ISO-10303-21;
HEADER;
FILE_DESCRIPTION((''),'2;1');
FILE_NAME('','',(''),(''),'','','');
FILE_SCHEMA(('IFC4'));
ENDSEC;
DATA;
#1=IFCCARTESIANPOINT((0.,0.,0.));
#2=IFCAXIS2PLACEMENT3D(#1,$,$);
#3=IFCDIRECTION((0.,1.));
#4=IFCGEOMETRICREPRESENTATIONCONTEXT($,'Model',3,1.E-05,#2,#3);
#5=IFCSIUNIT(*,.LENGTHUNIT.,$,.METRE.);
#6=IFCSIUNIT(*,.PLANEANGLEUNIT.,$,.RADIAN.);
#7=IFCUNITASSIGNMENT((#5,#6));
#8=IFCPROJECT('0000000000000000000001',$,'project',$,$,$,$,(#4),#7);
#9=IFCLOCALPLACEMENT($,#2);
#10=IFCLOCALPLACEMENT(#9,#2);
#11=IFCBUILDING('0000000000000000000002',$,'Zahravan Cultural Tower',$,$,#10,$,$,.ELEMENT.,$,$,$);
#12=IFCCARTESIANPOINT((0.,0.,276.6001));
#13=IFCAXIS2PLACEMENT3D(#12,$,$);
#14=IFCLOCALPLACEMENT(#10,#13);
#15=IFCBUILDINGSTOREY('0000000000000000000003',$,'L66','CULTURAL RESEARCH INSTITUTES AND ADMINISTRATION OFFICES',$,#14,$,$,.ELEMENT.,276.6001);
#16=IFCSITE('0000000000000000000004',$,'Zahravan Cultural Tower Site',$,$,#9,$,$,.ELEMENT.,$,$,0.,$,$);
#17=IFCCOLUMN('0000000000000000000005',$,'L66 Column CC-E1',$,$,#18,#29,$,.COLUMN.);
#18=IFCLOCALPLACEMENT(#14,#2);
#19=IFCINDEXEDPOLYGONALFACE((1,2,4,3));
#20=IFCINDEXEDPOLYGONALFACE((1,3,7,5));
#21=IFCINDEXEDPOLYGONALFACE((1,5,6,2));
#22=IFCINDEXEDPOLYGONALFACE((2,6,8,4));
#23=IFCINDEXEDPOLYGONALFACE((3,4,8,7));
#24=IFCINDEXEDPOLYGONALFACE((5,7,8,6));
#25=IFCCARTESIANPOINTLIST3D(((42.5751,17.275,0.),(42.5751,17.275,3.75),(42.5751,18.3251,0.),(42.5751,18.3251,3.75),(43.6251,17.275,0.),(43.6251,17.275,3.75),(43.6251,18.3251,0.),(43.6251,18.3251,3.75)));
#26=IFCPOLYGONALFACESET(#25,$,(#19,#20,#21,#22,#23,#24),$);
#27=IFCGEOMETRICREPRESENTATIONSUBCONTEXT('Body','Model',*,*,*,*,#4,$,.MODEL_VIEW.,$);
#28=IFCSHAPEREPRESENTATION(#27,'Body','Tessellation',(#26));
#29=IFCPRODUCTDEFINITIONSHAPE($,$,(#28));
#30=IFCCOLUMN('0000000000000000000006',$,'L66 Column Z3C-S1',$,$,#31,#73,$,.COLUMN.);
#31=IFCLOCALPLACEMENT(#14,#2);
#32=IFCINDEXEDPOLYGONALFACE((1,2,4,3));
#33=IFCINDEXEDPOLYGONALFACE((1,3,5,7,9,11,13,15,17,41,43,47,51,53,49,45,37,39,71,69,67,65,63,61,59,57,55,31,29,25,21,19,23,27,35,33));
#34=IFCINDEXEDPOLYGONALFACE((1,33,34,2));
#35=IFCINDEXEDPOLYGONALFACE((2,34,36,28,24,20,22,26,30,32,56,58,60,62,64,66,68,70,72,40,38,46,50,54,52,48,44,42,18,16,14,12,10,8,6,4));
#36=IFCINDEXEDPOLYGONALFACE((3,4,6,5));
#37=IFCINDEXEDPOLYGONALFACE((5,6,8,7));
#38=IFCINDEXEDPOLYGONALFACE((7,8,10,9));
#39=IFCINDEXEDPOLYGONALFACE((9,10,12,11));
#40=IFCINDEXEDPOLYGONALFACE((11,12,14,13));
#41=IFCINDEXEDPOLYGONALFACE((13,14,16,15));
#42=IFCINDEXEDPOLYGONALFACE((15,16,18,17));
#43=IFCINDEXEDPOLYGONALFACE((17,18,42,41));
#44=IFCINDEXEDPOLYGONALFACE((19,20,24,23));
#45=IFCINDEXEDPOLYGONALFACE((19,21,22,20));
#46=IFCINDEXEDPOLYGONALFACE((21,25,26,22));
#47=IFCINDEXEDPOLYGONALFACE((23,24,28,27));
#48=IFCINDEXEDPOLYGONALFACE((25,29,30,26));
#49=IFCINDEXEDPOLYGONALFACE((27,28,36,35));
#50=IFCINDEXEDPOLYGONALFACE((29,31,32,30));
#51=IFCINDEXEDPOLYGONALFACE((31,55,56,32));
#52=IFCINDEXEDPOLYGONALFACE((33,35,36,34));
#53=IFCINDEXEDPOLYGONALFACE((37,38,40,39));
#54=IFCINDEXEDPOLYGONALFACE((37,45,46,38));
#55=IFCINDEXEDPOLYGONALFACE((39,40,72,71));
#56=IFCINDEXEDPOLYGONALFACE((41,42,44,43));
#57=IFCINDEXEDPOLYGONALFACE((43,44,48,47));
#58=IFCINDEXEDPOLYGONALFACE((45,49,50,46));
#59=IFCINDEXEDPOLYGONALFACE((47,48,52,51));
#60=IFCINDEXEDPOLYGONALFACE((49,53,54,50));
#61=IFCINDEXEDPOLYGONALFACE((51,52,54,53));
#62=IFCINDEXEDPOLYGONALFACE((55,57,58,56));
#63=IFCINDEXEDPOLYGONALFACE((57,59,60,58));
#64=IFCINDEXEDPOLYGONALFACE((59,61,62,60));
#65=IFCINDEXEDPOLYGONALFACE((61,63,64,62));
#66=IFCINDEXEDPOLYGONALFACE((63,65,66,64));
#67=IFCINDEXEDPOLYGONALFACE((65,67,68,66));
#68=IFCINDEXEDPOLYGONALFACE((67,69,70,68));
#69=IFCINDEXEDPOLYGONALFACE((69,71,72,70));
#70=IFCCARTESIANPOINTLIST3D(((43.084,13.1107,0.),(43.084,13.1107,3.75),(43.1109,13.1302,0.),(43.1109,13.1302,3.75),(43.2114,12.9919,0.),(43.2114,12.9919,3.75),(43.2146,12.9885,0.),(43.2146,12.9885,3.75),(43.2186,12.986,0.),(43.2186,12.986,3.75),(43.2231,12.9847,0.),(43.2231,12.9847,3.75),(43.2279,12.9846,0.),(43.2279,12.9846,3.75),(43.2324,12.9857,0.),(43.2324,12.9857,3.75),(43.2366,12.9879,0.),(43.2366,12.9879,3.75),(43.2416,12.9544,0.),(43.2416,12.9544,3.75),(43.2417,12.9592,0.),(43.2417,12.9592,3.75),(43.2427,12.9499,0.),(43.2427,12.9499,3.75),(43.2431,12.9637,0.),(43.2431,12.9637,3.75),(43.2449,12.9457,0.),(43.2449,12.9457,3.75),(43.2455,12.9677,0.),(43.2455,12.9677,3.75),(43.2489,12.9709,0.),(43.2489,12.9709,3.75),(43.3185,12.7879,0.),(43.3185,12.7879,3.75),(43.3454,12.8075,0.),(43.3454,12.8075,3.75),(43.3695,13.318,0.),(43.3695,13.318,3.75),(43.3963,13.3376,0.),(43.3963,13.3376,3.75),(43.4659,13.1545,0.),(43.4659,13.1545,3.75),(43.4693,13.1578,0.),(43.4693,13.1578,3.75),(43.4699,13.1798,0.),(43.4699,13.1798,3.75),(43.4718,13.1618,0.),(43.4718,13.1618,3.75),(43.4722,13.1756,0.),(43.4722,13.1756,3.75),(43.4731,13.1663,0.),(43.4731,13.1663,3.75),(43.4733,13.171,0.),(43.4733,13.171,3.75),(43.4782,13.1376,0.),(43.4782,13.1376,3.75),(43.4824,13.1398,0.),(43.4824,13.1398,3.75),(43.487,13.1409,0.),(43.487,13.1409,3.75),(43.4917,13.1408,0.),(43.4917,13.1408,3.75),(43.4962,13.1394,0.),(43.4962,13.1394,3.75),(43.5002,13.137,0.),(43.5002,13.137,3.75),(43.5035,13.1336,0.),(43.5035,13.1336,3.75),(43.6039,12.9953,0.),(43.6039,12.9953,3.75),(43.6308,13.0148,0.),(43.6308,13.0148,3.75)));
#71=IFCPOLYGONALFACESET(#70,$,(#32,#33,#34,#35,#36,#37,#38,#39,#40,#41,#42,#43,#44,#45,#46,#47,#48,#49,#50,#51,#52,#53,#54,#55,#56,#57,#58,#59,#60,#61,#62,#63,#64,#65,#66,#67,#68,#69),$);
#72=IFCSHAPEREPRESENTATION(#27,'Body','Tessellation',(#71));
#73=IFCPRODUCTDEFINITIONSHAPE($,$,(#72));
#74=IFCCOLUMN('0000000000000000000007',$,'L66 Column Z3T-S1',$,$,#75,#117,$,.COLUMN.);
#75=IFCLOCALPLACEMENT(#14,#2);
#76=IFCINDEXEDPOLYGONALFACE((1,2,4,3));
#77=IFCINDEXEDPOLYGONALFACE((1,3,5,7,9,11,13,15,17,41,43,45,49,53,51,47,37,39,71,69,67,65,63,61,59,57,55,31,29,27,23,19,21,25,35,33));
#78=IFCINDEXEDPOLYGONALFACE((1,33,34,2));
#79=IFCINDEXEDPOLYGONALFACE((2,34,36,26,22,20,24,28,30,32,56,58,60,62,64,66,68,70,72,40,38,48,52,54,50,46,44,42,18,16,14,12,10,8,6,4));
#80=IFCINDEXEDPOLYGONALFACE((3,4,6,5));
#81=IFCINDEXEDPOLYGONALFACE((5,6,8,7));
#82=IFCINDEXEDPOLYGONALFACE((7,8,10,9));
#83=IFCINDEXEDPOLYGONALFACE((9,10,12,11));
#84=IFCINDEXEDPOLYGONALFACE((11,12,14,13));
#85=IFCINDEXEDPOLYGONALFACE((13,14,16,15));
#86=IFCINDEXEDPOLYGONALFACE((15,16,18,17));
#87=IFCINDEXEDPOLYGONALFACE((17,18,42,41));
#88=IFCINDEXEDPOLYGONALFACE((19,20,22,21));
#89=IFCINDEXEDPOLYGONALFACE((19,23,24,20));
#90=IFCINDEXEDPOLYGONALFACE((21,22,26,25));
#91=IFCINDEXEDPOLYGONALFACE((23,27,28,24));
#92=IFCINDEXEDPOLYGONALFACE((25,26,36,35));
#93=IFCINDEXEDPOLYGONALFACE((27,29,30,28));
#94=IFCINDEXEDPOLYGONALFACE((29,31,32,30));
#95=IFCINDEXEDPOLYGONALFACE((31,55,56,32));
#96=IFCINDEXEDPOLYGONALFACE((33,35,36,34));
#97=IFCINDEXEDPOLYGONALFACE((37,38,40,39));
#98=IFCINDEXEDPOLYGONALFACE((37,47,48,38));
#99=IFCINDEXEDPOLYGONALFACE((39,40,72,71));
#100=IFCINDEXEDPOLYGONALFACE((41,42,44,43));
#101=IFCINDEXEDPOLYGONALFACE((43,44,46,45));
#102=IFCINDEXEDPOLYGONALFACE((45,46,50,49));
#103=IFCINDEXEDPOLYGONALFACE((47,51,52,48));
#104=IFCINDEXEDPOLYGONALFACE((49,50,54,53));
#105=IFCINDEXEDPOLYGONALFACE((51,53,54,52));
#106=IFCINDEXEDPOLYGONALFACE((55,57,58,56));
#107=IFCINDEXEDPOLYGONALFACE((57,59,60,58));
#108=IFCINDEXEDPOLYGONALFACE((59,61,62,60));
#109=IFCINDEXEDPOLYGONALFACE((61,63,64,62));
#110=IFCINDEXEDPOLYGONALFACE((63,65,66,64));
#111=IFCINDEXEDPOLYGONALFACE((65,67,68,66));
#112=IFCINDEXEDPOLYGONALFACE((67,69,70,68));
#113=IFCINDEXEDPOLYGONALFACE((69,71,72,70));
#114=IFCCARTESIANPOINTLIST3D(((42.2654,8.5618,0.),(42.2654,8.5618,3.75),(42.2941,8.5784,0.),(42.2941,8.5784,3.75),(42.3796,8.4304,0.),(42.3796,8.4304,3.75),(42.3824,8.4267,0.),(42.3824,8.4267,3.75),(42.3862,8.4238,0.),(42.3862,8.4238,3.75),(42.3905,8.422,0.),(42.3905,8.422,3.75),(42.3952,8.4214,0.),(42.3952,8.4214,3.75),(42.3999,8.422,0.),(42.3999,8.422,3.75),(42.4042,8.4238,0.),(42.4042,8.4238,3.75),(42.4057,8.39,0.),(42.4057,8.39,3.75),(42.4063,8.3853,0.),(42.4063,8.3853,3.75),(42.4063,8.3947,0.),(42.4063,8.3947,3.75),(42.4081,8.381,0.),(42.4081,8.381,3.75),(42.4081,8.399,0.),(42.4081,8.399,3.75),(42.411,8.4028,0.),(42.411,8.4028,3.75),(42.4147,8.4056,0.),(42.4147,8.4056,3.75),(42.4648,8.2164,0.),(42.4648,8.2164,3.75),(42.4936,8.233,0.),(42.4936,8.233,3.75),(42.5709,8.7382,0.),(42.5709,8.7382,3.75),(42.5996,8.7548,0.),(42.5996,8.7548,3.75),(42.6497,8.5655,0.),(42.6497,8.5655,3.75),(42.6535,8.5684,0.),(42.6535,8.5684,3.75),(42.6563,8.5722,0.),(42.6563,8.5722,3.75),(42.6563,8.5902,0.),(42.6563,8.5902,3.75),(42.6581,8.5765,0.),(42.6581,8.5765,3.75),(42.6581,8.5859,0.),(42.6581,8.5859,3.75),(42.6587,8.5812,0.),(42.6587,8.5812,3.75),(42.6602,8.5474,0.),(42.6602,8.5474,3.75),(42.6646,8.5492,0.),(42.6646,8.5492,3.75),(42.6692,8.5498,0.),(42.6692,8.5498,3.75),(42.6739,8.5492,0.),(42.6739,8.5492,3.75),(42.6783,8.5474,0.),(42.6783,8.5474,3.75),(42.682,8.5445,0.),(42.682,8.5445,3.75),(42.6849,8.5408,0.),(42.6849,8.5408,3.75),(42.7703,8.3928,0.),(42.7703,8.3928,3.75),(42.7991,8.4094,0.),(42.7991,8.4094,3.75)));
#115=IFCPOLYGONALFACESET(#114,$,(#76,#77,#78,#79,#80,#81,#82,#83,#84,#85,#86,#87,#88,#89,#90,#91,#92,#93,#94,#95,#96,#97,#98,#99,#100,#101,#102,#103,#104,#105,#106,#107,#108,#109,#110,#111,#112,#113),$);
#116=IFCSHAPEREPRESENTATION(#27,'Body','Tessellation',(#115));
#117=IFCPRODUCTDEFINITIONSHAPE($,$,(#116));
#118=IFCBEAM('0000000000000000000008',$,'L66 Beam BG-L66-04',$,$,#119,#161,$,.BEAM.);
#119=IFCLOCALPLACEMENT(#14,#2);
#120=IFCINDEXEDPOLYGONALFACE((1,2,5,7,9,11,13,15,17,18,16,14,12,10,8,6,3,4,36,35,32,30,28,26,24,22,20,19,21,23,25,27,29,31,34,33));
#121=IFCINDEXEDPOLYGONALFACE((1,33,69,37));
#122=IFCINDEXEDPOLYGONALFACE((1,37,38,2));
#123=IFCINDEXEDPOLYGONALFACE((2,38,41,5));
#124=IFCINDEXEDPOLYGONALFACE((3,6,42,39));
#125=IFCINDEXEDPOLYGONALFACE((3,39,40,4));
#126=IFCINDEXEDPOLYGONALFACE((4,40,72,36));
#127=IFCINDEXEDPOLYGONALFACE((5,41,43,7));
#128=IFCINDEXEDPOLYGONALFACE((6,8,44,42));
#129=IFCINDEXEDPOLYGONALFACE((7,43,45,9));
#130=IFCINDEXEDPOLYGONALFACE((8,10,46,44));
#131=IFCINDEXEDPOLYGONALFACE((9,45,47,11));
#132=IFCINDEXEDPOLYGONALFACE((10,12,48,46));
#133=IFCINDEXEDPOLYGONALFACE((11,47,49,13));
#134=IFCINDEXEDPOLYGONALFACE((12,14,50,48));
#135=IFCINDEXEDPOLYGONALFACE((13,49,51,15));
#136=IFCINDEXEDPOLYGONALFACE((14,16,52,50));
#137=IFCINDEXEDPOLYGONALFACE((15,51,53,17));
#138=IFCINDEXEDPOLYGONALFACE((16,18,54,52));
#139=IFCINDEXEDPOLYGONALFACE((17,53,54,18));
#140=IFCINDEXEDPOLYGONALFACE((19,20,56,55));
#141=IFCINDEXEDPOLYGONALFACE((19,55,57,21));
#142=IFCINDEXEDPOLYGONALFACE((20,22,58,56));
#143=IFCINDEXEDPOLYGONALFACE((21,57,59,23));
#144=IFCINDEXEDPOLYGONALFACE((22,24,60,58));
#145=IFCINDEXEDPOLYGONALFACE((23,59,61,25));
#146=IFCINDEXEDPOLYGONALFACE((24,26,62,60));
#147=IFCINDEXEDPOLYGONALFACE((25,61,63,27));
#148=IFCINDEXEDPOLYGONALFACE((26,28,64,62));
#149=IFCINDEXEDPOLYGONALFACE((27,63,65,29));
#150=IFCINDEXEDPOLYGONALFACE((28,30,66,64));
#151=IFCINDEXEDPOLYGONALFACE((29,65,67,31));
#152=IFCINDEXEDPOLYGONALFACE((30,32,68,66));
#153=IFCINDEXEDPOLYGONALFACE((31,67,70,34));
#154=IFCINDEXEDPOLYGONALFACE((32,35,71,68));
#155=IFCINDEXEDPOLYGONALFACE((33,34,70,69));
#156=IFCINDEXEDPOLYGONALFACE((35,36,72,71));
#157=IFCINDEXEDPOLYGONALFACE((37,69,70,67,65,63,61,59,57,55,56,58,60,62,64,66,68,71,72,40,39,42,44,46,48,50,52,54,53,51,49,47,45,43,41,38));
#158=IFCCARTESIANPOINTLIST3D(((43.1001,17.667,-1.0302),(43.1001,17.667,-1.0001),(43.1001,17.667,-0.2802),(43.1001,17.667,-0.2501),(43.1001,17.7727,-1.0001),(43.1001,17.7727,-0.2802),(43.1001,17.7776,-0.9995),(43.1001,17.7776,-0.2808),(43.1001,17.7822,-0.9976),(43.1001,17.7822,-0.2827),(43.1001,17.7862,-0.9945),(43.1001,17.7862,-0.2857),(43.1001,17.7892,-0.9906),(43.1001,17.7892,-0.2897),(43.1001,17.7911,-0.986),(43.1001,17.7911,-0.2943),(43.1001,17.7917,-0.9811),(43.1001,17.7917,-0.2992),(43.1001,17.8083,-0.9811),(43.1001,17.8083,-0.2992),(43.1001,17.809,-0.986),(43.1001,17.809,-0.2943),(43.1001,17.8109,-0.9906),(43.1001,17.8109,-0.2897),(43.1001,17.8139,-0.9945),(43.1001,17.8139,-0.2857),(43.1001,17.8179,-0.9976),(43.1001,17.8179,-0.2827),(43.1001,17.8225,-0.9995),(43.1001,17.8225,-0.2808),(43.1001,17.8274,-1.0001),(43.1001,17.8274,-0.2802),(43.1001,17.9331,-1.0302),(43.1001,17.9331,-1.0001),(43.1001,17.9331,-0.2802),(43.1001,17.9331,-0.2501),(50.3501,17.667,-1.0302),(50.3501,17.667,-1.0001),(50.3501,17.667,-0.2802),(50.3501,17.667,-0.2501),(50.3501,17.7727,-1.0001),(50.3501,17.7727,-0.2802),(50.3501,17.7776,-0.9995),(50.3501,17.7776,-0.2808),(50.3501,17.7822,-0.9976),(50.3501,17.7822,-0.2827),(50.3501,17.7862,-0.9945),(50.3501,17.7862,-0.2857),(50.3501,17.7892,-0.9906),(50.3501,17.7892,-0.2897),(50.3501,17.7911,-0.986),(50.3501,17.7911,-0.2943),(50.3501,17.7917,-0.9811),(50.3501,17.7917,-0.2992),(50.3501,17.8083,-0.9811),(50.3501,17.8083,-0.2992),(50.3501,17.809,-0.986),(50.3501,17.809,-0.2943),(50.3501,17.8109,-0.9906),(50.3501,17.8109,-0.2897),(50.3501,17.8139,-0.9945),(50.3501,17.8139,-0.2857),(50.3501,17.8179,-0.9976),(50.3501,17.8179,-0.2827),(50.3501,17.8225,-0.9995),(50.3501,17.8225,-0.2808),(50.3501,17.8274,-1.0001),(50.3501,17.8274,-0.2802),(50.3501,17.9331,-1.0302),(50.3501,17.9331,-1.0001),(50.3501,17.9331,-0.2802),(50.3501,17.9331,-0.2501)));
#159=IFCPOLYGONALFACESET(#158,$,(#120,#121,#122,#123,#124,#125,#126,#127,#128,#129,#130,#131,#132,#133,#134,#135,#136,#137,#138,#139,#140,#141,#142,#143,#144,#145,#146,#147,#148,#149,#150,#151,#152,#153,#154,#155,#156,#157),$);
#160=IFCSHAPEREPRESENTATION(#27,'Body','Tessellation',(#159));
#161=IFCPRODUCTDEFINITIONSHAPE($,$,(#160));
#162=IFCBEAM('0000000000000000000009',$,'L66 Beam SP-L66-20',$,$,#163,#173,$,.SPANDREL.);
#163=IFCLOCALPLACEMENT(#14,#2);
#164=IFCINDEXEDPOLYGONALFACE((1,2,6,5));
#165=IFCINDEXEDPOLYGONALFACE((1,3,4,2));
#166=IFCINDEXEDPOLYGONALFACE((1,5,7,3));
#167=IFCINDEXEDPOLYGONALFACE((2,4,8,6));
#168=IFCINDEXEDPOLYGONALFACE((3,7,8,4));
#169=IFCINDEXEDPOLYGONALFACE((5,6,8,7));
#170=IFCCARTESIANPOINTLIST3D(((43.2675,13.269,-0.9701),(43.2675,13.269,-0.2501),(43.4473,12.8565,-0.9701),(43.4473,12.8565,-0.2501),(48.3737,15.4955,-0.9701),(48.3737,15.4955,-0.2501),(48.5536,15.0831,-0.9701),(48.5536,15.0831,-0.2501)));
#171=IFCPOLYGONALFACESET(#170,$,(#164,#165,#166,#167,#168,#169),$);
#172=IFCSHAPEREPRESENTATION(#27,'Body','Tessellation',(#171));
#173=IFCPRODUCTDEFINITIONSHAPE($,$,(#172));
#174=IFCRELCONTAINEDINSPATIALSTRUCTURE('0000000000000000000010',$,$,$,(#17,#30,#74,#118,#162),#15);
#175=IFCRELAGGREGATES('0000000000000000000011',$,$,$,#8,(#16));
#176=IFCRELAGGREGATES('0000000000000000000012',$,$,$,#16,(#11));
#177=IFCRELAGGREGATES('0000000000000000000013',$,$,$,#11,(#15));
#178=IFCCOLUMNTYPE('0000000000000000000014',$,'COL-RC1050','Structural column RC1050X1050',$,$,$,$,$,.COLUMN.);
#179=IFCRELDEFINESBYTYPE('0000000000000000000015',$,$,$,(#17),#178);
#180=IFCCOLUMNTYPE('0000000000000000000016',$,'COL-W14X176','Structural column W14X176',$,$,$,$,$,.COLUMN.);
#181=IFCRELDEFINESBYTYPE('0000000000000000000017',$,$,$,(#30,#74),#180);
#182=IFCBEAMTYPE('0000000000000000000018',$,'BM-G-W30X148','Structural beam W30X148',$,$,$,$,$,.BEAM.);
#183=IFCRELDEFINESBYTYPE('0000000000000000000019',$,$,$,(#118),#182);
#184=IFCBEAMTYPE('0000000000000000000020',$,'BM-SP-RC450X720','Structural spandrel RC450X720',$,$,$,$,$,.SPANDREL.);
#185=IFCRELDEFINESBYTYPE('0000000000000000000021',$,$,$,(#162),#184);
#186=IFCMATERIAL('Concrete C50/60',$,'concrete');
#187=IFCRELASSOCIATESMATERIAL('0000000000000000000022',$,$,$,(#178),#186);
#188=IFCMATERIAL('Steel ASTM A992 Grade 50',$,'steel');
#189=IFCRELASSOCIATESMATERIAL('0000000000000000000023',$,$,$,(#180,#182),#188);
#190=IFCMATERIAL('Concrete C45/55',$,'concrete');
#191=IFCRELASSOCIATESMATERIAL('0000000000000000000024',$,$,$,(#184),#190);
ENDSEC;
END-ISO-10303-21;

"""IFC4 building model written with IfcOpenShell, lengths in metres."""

from ifc_helpers import new_model, si_unit, direction, frame, origin, origin_2d, place, context, subcontext, project, spatial, rectangle, i_section, extrude, source, transform, mapped, material, material_profile, profile_set, type_object, element, save


model = new_model("IFC4")

# Units and contexts
model_context = context("Model", 3, precision=1e-05, world=origin(), true_north=direction((0.0, 1.0)))
body_context = subcontext(model_context, "Body", "Model", "MODEL_VIEW")
ifc_project = project(units=[si_unit("LENGTHUNIT", "METRE"), si_unit("PLANEANGLEUNIT", "RADIAN")], contexts=[model_context])

# Site, building, storey
site_placement = place(None, origin())
site = spatial("IfcSite", under=ifc_project, at=site_placement, Name="Zahravan Cultural Tower Site", CompositionType="ELEMENT", RefElevation=0.0)
building_placement = place(site_placement, origin())
building = spatial("IfcBuilding", under=site, at=building_placement, Name="Zahravan Cultural Tower", CompositionType="ELEMENT")
storey_placement = place(building_placement, frame((0.0, 0.0, 276.6001)))
storey = spatial("IfcBuildingStorey", under=building, at=storey_placement, Name="L66", Description="CULTURAL RESEARCH INSTITUTES AND ADMINISTRATION OFFICES", CompositionType="ELEMENT", Elevation=276.6001)

# Columns
ifc_material_1 = material(Name="Concrete C50/60", Category="concrete")
ifc_material_profile_1 = material_profile(ifc_material_1, rectangle(XDim=1.05, YDim=1.05, at=origin_2d()), Name="RC1050X1050")
ifc_profile_set_1 = profile_set([ifc_material_profile_1], Name="Concrete C50/60")
column_type_1 = type_object("IfcColumnType", Name="COL-RC1050", Description="Structural column RC1050X1050", PredefinedType="COLUMN", material=ifc_profile_set_1)
shared_shape_1 = source(origin(), body_context, "Body", "SweptSolid", [
    extrude(rectangle(XDim=1.05, YDim=1.05, at=origin_2d()), origin(), (0.0, 0.0, 1.0), 3.75),
])
column_placement = place(storey_placement, frame((43.1001, 17.8, 0.0), z_axis=(0.0, 0.0, 1.0), x_axis=(1.0, 0.0, 0.0)))
element("IfcColumn", 1, at=column_placement, inside=storey, type_object=column_type_1, Name="L66 Column CC-E1", PredefinedType="COLUMN", context=body_context, shape_type="MappedRepresentation", body=[
    mapped(shared_shape_1, transform((0.0, 0.0, 0.0), x_axis=(1.0, 0.0, 0.0), y_axis=(0.0, 1.0, 0.0), z_axis=(0.0, 0.0, 1.0), scale=1.0)),
])
ifc_material_2 = material(Name="Steel ASTM A992 Grade 50", Category="steel")
ifc_material_profile_2 = material_profile(ifc_material_2, i_section(OverallWidth=0.3989, OverallDepth=0.386, WebThickness=0.021, FlangeThickness=0.0332, FilletRadius=0.0181, at=origin_2d()), Name="W14X176")
ifc_profile_set_2 = profile_set([ifc_material_profile_2], Name="Steel ASTM A992 Grade 50")
column_type_2 = type_object("IfcColumnType", Name="COL-W14X176", Description="Structural column W14X176", PredefinedType="COLUMN", material=ifc_profile_set_2)
shared_shape_2 = source(origin(), body_context, "Body", "SweptSolid", [
    extrude(i_section(OverallWidth=0.3989, OverallDepth=0.386, WebThickness=0.021, FlangeThickness=0.0332, FilletRadius=0.0181, at=origin_2d()), origin(), (0.0, 0.0, 1.0), 3.75),
])
for number, where, z_axis, x_axis, name in (
    (2, (43.3574, 13.0627, 0.0), (0.0, 0.0, 1.0), (-0.587785, 0.809017, 0.0), "L66 Column Z3C-S1"),
    (3, (42.5322, 8.4856, 0.0), (0.0, 0.0, 1.0), (-0.5, 0.866025, 0.0), "L66 Column Z3T-S1"),
):
    element("IfcColumn", number, at=place(storey_placement, frame(where, z_axis=z_axis, x_axis=x_axis)), inside=storey, type_object=column_type_2, Name=name, PredefinedType="COLUMN", context=body_context, shape_type="MappedRepresentation", body=[
        mapped(shared_shape_2, transform((0.0, 0.0, 0.0), x_axis=(1.0, 0.0, 0.0), y_axis=(0.0, 1.0, 0.0), z_axis=(0.0, 0.0, 1.0), scale=1.0)),
    ])

# Beams
ifc_material_profile_3 = material_profile(ifc_material_2, i_section(OverallWidth=0.2661, OverallDepth=0.78, WebThickness=0.0166, FlangeThickness=0.03, FilletRadius=0.019, at=origin_2d()), Name="W30X148")
ifc_profile_set_3 = profile_set([ifc_material_profile_3], Name="Steel ASTM A992 Grade 50")
beam_type_1 = type_object("IfcBeamType", Name="BM-G-W30X148", Description="Structural beam W30X148", PredefinedType="BEAM", material=ifc_profile_set_3)
shared_shape_3 = source(origin(), body_context, "Body", "SweptSolid", [
    extrude(i_section(OverallWidth=0.2661, OverallDepth=0.78, WebThickness=0.0166, FlangeThickness=0.03, FilletRadius=0.019, at=origin_2d()), origin(), (0.0, 0.0, 1.0), 7.25),
])
beam_1_placement = place(storey_placement, frame((43.1001, 17.8, -0.6401), z_axis=(1.0, 0.0, 0.0), x_axis=(0.0, 1.0, 0.0)))
element("IfcBeam", 4, at=beam_1_placement, inside=storey, type_object=beam_type_1, Name="L66 Beam BG-L66-04", PredefinedType="BEAM", context=body_context, shape_type="MappedRepresentation", body=[
    mapped(shared_shape_3, transform((0.0, 0.0, 0.0), x_axis=(1.0, 0.0, 0.0), y_axis=(0.0, 1.0, 0.0), z_axis=(0.0, 0.0, 1.0), scale=1.0)),
])
ifc_material_3 = material(Name="Concrete C45/55", Category="concrete")
ifc_material_profile_4 = material_profile(ifc_material_3, rectangle(XDim=0.45, YDim=0.72, at=origin_2d()), Name="RC450X720")
ifc_profile_set_4 = profile_set([ifc_material_profile_4], Name="Concrete C45/55")
beam_type_2 = type_object("IfcBeamType", Name="BM-SP-RC450X720", Description="Structural spandrel RC450X720", PredefinedType="SPANDREL", material=ifc_profile_set_4)
shared_shape_4 = source(origin(), body_context, "Body", "SweptSolid", [
    extrude(rectangle(XDim=0.45, YDim=0.72, at=origin_2d()), origin(), (0.0, 0.0, 1.0), 5.5706),
])
beam_2_placement = place(storey_placement, frame((43.3574, 13.0627, -0.6101), z_axis=(0.916645, 0.399703, 0.0), x_axis=(-0.399703, 0.916645, 0.0)))
element("IfcBeam", 5, at=beam_2_placement, inside=storey, type_object=beam_type_2, Name="L66 Beam SP-L66-20", PredefinedType="SPANDREL", context=body_context, shape_type="MappedRepresentation", body=[
    mapped(shared_shape_4, transform((0.0, 0.0, 0.0), x_axis=(1.0, 0.0, 0.0), y_axis=(0.0, 1.0, 0.0), z_axis=(0.0, 0.0, 1.0), scale=1.0)),
])

save(model, "model.ifc")
